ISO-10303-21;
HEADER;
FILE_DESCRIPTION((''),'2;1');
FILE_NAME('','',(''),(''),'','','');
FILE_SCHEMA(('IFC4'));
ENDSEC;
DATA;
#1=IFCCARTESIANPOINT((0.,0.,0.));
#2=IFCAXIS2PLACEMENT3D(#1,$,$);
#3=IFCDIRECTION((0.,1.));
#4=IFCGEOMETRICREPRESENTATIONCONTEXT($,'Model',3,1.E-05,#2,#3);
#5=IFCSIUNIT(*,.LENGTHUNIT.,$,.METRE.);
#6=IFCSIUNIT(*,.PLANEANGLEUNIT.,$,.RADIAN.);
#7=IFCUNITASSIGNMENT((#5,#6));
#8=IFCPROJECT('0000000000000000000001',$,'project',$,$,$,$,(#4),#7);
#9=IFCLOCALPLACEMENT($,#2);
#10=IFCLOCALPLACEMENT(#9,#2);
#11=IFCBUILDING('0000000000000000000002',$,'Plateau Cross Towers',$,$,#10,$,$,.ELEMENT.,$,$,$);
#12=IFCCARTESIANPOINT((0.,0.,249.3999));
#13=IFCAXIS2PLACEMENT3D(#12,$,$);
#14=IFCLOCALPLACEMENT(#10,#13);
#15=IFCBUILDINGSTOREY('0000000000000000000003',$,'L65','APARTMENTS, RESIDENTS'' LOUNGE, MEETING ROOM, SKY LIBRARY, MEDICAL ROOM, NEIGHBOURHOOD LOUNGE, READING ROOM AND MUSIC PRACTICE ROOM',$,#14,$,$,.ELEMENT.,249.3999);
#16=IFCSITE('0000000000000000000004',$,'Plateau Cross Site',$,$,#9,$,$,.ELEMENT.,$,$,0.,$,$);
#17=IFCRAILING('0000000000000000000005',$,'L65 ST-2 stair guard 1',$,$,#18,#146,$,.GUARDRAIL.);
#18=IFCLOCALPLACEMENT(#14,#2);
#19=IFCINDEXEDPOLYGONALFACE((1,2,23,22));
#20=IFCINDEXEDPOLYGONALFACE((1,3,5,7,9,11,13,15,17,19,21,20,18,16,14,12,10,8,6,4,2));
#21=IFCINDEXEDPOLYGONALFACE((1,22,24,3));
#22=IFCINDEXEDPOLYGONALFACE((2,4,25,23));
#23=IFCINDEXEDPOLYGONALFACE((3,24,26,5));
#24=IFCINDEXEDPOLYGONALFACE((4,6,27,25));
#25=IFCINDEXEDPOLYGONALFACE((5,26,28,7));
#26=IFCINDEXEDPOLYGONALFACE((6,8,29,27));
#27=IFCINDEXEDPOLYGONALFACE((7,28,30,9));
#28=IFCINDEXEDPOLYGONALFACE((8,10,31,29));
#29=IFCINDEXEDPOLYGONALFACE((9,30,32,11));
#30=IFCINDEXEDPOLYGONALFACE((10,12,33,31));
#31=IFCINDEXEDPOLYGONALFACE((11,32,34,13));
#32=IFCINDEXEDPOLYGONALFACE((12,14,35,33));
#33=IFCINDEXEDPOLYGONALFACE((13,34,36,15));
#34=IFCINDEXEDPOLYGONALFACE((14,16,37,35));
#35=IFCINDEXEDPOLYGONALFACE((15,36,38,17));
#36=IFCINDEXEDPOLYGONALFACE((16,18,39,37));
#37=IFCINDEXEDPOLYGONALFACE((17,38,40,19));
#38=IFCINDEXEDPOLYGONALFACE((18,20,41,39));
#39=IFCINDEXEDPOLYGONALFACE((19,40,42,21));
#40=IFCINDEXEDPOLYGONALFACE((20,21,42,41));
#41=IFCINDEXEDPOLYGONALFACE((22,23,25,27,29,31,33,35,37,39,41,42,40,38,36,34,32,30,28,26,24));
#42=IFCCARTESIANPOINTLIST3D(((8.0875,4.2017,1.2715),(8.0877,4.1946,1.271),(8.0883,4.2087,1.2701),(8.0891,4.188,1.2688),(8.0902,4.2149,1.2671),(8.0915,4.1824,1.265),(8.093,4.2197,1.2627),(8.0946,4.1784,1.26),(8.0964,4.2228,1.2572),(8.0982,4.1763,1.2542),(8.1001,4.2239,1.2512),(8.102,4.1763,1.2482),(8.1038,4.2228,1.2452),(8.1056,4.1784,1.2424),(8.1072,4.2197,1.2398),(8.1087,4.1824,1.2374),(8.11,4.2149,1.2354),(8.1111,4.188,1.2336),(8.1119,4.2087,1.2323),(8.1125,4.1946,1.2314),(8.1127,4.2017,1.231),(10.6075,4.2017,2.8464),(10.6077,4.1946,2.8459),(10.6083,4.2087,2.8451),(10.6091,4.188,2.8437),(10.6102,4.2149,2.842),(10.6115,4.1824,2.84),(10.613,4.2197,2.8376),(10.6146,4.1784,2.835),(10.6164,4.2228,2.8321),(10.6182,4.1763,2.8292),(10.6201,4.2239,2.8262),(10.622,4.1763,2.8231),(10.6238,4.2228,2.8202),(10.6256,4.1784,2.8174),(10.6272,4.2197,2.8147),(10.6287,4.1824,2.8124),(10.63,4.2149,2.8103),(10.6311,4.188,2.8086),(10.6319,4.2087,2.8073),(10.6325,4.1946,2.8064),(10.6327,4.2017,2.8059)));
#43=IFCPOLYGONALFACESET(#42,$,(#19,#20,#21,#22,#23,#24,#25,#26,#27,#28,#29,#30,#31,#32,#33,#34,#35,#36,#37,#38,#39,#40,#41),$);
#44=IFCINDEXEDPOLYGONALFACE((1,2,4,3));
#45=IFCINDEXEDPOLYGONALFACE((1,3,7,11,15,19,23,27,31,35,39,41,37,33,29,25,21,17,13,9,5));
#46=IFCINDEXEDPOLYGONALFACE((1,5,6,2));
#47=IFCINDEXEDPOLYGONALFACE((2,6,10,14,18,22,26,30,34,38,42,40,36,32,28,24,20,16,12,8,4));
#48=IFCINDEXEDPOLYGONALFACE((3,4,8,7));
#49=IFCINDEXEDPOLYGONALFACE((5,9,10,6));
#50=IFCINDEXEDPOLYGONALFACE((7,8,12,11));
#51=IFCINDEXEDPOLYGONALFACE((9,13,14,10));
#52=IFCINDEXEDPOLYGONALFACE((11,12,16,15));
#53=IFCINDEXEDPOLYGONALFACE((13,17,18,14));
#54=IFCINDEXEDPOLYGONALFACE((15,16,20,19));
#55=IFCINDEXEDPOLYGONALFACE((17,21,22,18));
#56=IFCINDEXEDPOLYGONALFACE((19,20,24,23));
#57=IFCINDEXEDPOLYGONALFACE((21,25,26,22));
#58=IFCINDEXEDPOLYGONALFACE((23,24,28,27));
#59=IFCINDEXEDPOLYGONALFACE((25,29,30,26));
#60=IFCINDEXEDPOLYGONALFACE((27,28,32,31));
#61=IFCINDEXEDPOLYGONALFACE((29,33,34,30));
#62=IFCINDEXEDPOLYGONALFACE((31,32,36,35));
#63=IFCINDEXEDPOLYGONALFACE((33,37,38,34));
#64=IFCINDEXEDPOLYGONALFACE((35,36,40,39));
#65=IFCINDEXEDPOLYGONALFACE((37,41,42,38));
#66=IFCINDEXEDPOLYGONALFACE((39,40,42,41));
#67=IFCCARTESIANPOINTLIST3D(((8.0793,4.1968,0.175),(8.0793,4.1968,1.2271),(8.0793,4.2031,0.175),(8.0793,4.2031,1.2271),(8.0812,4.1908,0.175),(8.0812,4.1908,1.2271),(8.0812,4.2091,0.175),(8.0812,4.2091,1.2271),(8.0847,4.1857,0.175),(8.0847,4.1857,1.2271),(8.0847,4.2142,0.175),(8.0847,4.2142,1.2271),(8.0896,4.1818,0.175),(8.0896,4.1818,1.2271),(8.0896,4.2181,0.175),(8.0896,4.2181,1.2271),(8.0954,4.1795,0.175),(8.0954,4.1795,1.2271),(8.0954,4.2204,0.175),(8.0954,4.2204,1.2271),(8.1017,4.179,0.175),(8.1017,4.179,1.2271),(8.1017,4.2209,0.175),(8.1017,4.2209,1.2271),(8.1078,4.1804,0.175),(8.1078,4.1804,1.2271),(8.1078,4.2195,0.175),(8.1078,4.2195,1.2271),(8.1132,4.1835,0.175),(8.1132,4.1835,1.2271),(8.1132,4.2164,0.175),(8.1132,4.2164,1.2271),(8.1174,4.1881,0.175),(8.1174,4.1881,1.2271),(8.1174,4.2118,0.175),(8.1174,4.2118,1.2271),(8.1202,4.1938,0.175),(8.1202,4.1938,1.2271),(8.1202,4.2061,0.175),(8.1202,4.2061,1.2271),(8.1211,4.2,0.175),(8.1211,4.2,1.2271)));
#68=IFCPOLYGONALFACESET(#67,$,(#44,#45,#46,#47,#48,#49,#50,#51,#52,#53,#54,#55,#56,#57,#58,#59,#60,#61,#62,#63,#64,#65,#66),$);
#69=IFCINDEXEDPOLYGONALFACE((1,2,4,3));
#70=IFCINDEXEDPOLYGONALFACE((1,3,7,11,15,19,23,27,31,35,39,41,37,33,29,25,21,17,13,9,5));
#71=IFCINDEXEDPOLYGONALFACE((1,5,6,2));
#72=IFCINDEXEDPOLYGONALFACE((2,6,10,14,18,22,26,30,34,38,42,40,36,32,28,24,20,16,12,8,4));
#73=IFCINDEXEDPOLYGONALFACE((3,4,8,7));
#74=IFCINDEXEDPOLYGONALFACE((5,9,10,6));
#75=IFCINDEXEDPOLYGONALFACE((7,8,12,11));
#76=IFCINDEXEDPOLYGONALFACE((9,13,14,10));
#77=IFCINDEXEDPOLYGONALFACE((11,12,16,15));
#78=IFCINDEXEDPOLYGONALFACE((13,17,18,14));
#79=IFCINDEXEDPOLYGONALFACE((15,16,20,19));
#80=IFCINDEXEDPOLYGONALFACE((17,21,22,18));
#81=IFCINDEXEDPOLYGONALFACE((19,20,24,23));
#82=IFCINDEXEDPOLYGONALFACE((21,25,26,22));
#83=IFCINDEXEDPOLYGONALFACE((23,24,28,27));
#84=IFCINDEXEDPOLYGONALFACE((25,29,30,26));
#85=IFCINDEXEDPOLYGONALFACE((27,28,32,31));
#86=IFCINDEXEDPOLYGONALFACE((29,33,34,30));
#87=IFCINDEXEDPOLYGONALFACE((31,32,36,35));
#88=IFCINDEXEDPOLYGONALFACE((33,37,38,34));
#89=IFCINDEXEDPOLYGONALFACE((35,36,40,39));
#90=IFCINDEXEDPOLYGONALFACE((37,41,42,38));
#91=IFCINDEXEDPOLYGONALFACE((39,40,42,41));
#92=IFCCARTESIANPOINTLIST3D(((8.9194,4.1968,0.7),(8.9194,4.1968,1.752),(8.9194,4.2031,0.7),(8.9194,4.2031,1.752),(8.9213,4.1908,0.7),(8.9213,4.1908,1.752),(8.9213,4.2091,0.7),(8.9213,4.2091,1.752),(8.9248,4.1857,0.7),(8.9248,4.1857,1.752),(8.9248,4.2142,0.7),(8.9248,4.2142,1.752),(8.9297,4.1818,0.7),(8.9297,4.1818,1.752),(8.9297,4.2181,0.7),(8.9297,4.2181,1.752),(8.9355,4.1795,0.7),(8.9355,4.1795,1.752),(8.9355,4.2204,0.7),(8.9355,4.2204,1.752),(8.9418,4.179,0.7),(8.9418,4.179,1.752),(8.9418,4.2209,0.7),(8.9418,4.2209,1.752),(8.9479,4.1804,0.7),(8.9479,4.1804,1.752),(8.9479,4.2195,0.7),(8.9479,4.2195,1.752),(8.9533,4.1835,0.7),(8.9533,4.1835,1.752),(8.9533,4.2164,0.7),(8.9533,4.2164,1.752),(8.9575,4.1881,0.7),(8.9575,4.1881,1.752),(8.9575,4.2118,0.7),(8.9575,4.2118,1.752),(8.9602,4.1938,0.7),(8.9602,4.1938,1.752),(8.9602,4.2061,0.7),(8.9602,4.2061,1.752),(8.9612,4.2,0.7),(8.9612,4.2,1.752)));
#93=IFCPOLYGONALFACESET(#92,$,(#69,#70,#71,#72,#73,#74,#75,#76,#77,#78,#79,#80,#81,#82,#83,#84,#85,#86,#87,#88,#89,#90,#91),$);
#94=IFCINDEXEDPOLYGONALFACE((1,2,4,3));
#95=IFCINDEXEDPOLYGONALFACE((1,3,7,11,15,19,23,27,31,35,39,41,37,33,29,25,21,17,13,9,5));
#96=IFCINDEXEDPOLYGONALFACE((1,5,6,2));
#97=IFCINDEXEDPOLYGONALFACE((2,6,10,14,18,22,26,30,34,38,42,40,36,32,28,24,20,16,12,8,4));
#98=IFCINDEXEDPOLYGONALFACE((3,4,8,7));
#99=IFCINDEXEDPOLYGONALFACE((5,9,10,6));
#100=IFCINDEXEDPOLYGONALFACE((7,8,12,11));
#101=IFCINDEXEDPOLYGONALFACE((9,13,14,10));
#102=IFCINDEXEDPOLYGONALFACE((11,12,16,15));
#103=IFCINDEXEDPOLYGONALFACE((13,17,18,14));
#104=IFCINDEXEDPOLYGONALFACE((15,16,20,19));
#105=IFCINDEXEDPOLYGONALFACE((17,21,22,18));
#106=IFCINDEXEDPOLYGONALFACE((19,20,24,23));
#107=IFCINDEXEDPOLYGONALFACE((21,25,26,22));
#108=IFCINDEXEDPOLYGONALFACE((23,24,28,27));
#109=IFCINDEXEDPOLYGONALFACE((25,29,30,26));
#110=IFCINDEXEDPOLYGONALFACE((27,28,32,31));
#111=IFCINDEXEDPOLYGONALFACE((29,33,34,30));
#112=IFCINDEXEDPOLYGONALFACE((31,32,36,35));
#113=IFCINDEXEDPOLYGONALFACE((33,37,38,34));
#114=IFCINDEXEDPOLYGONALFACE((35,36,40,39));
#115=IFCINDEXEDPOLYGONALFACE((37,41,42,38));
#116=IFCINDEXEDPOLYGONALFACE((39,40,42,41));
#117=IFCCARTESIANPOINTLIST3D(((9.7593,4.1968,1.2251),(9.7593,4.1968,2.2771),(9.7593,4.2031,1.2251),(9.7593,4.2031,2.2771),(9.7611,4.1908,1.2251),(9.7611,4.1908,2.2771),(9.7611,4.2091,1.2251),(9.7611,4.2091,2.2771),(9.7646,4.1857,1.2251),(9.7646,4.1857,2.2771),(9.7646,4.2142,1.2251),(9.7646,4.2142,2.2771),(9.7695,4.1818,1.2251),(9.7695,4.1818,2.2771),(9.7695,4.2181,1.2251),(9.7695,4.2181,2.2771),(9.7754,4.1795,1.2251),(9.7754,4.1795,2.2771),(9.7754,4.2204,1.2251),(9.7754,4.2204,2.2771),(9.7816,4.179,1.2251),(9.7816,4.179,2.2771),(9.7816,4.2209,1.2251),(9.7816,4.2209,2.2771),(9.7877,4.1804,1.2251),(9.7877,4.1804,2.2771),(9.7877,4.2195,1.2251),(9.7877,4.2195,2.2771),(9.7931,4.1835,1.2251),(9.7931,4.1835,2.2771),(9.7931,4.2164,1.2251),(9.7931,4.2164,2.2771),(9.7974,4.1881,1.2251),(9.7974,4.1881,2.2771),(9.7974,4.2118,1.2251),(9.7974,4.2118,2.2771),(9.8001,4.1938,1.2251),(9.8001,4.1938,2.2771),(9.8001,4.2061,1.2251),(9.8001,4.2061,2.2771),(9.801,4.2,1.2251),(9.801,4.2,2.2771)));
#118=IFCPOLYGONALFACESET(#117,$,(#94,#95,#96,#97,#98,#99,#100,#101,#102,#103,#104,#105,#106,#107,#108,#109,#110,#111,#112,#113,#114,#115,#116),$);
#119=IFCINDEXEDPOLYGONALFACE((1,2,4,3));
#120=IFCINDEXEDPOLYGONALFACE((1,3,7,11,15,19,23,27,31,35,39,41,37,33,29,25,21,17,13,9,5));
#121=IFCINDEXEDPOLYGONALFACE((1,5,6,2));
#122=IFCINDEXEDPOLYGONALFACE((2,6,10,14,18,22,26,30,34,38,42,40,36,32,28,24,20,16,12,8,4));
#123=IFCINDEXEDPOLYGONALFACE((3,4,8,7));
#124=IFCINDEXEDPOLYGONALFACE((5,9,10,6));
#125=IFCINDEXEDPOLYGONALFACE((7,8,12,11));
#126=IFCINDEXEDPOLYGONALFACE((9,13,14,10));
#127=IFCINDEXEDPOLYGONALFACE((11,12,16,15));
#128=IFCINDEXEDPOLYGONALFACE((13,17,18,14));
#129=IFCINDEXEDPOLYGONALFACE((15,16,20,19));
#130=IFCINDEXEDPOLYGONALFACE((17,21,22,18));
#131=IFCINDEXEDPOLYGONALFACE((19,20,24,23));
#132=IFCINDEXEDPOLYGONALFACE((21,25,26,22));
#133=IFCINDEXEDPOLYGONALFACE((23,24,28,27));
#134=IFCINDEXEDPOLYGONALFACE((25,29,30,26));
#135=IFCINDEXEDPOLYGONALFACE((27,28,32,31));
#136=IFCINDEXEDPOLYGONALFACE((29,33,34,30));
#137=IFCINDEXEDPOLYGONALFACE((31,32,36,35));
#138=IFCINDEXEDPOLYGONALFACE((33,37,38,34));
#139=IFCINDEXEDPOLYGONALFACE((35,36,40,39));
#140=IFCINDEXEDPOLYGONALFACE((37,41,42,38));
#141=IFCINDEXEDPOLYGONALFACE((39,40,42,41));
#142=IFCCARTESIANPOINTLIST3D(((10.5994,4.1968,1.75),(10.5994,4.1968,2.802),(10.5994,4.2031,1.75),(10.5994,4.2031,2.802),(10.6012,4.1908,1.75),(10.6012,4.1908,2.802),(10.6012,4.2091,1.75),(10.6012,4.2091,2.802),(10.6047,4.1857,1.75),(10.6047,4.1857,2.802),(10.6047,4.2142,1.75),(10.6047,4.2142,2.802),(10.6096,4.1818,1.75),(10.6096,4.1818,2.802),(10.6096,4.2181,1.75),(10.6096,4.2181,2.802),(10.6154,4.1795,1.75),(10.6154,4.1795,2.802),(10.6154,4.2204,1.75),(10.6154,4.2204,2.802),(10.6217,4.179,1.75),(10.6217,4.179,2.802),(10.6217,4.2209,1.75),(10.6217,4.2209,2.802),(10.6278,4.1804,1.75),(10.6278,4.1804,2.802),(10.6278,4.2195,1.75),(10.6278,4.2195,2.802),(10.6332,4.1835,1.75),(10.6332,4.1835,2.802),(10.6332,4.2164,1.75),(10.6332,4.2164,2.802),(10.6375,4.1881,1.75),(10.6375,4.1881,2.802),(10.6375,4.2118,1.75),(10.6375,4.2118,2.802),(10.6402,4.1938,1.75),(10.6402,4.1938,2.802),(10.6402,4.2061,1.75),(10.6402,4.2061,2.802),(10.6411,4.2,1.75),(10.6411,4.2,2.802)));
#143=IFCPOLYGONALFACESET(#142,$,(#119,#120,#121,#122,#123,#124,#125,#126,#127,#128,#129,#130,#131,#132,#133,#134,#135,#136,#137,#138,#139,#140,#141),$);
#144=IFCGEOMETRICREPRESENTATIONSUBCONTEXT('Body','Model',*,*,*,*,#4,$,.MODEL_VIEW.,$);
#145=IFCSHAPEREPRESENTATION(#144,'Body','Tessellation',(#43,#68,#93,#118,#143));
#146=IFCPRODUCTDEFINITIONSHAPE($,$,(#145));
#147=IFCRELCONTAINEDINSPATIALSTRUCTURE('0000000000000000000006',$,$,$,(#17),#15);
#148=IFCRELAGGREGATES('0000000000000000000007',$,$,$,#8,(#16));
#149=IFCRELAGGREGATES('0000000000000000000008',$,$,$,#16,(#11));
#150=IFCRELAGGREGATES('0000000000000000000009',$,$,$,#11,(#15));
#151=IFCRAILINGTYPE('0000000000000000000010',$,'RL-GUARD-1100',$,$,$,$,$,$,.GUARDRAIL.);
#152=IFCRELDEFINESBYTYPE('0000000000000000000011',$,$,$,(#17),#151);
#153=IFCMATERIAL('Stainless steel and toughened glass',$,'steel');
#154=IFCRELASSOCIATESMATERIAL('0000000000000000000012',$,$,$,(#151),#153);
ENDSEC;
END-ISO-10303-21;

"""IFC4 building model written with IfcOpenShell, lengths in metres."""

from ifc_helpers import new_model, si_unit, direction, frame, origin, origin_2d, place, context, subcontext, project, spatial, circle, extrude, material, type_object, element, save


model = new_model("IFC4")

# Units and contexts
model_context = context("Model", 3, precision=1e-05, world=origin(), true_north=direction((0.0, 1.0)))
body_context = subcontext(model_context, "Body", "Model", "MODEL_VIEW")
ifc_project = project(units=[si_unit("LENGTHUNIT", "METRE"), si_unit("PLANEANGLEUNIT", "RADIAN")], contexts=[model_context])

# Site, building, storey
site_placement = place(None, origin())
site = spatial("IfcSite", under=ifc_project, at=site_placement, Name="Plateau Cross Site", CompositionType="ELEMENT", RefElevation=0.0)
building_placement = place(site_placement, origin())
building = spatial("IfcBuilding", under=site, at=building_placement, Name="Plateau Cross Towers", CompositionType="ELEMENT")
storey_placement = place(building_placement, frame((0.0, 0.0, 249.3999)))
storey = spatial("IfcBuildingStorey", under=building, at=storey_placement, Name="L65", Description="APARTMENTS, RESIDENTS' LOUNGE, MEETING ROOM, SKY LIBRARY, MEDICAL ROOM, NEIGHBOURHOOD LOUNGE, READING ROOM AND MUSIC PRACTICE ROOM", CompositionType="ELEMENT", Elevation=249.3999)

# Railing
ifc_material_1 = material(Name="Stainless steel and toughened glass", Category="steel")
railing_type_1 = type_object("IfcRailingType", Name="RL-GUARD-1100", PredefinedType="GUARDRAIL", material=ifc_material_1)
railing_1_placement = place(storey_placement, frame((8.1001, 4.2, 0.175)))
element("IfcRailing", 1, at=railing_1_placement, inside=storey, type_object=railing_type_1, Name="L65 ST-2 stair guard 1", PredefinedType="GUARDRAIL", context=body_context, shape_type="SweptSolid", body=[
    extrude(circle(Radius=0.0239, at=origin_2d()), frame((0.0, 0.0, 1.0762), z_axis=(0.848008, 0.0, 0.529984), x_axis=(0.0, 1.0, 0.0)), (0.0, 0.0, 1.0), 2.9717),
    extrude(circle(Radius=0.021, at=origin_2d()), origin(), (0.0, 0.0, 1.0), 1.052),
    extrude(circle(Radius=0.021, at=origin_2d()), frame((0.8401, 0.0, 0.5249)), (0.0, 0.0, 1.0), 1.052),
    extrude(circle(Radius=0.021, at=origin_2d()), frame((1.6799, 0.0, 1.05)), (0.0, 0.0, 1.0), 1.052),
    extrude(circle(Radius=0.021, at=origin_2d()), frame((2.52, 0.0, 1.575)), (0.0, 0.0, 1.0), 1.052),
])

save(model, "model.ifc")
